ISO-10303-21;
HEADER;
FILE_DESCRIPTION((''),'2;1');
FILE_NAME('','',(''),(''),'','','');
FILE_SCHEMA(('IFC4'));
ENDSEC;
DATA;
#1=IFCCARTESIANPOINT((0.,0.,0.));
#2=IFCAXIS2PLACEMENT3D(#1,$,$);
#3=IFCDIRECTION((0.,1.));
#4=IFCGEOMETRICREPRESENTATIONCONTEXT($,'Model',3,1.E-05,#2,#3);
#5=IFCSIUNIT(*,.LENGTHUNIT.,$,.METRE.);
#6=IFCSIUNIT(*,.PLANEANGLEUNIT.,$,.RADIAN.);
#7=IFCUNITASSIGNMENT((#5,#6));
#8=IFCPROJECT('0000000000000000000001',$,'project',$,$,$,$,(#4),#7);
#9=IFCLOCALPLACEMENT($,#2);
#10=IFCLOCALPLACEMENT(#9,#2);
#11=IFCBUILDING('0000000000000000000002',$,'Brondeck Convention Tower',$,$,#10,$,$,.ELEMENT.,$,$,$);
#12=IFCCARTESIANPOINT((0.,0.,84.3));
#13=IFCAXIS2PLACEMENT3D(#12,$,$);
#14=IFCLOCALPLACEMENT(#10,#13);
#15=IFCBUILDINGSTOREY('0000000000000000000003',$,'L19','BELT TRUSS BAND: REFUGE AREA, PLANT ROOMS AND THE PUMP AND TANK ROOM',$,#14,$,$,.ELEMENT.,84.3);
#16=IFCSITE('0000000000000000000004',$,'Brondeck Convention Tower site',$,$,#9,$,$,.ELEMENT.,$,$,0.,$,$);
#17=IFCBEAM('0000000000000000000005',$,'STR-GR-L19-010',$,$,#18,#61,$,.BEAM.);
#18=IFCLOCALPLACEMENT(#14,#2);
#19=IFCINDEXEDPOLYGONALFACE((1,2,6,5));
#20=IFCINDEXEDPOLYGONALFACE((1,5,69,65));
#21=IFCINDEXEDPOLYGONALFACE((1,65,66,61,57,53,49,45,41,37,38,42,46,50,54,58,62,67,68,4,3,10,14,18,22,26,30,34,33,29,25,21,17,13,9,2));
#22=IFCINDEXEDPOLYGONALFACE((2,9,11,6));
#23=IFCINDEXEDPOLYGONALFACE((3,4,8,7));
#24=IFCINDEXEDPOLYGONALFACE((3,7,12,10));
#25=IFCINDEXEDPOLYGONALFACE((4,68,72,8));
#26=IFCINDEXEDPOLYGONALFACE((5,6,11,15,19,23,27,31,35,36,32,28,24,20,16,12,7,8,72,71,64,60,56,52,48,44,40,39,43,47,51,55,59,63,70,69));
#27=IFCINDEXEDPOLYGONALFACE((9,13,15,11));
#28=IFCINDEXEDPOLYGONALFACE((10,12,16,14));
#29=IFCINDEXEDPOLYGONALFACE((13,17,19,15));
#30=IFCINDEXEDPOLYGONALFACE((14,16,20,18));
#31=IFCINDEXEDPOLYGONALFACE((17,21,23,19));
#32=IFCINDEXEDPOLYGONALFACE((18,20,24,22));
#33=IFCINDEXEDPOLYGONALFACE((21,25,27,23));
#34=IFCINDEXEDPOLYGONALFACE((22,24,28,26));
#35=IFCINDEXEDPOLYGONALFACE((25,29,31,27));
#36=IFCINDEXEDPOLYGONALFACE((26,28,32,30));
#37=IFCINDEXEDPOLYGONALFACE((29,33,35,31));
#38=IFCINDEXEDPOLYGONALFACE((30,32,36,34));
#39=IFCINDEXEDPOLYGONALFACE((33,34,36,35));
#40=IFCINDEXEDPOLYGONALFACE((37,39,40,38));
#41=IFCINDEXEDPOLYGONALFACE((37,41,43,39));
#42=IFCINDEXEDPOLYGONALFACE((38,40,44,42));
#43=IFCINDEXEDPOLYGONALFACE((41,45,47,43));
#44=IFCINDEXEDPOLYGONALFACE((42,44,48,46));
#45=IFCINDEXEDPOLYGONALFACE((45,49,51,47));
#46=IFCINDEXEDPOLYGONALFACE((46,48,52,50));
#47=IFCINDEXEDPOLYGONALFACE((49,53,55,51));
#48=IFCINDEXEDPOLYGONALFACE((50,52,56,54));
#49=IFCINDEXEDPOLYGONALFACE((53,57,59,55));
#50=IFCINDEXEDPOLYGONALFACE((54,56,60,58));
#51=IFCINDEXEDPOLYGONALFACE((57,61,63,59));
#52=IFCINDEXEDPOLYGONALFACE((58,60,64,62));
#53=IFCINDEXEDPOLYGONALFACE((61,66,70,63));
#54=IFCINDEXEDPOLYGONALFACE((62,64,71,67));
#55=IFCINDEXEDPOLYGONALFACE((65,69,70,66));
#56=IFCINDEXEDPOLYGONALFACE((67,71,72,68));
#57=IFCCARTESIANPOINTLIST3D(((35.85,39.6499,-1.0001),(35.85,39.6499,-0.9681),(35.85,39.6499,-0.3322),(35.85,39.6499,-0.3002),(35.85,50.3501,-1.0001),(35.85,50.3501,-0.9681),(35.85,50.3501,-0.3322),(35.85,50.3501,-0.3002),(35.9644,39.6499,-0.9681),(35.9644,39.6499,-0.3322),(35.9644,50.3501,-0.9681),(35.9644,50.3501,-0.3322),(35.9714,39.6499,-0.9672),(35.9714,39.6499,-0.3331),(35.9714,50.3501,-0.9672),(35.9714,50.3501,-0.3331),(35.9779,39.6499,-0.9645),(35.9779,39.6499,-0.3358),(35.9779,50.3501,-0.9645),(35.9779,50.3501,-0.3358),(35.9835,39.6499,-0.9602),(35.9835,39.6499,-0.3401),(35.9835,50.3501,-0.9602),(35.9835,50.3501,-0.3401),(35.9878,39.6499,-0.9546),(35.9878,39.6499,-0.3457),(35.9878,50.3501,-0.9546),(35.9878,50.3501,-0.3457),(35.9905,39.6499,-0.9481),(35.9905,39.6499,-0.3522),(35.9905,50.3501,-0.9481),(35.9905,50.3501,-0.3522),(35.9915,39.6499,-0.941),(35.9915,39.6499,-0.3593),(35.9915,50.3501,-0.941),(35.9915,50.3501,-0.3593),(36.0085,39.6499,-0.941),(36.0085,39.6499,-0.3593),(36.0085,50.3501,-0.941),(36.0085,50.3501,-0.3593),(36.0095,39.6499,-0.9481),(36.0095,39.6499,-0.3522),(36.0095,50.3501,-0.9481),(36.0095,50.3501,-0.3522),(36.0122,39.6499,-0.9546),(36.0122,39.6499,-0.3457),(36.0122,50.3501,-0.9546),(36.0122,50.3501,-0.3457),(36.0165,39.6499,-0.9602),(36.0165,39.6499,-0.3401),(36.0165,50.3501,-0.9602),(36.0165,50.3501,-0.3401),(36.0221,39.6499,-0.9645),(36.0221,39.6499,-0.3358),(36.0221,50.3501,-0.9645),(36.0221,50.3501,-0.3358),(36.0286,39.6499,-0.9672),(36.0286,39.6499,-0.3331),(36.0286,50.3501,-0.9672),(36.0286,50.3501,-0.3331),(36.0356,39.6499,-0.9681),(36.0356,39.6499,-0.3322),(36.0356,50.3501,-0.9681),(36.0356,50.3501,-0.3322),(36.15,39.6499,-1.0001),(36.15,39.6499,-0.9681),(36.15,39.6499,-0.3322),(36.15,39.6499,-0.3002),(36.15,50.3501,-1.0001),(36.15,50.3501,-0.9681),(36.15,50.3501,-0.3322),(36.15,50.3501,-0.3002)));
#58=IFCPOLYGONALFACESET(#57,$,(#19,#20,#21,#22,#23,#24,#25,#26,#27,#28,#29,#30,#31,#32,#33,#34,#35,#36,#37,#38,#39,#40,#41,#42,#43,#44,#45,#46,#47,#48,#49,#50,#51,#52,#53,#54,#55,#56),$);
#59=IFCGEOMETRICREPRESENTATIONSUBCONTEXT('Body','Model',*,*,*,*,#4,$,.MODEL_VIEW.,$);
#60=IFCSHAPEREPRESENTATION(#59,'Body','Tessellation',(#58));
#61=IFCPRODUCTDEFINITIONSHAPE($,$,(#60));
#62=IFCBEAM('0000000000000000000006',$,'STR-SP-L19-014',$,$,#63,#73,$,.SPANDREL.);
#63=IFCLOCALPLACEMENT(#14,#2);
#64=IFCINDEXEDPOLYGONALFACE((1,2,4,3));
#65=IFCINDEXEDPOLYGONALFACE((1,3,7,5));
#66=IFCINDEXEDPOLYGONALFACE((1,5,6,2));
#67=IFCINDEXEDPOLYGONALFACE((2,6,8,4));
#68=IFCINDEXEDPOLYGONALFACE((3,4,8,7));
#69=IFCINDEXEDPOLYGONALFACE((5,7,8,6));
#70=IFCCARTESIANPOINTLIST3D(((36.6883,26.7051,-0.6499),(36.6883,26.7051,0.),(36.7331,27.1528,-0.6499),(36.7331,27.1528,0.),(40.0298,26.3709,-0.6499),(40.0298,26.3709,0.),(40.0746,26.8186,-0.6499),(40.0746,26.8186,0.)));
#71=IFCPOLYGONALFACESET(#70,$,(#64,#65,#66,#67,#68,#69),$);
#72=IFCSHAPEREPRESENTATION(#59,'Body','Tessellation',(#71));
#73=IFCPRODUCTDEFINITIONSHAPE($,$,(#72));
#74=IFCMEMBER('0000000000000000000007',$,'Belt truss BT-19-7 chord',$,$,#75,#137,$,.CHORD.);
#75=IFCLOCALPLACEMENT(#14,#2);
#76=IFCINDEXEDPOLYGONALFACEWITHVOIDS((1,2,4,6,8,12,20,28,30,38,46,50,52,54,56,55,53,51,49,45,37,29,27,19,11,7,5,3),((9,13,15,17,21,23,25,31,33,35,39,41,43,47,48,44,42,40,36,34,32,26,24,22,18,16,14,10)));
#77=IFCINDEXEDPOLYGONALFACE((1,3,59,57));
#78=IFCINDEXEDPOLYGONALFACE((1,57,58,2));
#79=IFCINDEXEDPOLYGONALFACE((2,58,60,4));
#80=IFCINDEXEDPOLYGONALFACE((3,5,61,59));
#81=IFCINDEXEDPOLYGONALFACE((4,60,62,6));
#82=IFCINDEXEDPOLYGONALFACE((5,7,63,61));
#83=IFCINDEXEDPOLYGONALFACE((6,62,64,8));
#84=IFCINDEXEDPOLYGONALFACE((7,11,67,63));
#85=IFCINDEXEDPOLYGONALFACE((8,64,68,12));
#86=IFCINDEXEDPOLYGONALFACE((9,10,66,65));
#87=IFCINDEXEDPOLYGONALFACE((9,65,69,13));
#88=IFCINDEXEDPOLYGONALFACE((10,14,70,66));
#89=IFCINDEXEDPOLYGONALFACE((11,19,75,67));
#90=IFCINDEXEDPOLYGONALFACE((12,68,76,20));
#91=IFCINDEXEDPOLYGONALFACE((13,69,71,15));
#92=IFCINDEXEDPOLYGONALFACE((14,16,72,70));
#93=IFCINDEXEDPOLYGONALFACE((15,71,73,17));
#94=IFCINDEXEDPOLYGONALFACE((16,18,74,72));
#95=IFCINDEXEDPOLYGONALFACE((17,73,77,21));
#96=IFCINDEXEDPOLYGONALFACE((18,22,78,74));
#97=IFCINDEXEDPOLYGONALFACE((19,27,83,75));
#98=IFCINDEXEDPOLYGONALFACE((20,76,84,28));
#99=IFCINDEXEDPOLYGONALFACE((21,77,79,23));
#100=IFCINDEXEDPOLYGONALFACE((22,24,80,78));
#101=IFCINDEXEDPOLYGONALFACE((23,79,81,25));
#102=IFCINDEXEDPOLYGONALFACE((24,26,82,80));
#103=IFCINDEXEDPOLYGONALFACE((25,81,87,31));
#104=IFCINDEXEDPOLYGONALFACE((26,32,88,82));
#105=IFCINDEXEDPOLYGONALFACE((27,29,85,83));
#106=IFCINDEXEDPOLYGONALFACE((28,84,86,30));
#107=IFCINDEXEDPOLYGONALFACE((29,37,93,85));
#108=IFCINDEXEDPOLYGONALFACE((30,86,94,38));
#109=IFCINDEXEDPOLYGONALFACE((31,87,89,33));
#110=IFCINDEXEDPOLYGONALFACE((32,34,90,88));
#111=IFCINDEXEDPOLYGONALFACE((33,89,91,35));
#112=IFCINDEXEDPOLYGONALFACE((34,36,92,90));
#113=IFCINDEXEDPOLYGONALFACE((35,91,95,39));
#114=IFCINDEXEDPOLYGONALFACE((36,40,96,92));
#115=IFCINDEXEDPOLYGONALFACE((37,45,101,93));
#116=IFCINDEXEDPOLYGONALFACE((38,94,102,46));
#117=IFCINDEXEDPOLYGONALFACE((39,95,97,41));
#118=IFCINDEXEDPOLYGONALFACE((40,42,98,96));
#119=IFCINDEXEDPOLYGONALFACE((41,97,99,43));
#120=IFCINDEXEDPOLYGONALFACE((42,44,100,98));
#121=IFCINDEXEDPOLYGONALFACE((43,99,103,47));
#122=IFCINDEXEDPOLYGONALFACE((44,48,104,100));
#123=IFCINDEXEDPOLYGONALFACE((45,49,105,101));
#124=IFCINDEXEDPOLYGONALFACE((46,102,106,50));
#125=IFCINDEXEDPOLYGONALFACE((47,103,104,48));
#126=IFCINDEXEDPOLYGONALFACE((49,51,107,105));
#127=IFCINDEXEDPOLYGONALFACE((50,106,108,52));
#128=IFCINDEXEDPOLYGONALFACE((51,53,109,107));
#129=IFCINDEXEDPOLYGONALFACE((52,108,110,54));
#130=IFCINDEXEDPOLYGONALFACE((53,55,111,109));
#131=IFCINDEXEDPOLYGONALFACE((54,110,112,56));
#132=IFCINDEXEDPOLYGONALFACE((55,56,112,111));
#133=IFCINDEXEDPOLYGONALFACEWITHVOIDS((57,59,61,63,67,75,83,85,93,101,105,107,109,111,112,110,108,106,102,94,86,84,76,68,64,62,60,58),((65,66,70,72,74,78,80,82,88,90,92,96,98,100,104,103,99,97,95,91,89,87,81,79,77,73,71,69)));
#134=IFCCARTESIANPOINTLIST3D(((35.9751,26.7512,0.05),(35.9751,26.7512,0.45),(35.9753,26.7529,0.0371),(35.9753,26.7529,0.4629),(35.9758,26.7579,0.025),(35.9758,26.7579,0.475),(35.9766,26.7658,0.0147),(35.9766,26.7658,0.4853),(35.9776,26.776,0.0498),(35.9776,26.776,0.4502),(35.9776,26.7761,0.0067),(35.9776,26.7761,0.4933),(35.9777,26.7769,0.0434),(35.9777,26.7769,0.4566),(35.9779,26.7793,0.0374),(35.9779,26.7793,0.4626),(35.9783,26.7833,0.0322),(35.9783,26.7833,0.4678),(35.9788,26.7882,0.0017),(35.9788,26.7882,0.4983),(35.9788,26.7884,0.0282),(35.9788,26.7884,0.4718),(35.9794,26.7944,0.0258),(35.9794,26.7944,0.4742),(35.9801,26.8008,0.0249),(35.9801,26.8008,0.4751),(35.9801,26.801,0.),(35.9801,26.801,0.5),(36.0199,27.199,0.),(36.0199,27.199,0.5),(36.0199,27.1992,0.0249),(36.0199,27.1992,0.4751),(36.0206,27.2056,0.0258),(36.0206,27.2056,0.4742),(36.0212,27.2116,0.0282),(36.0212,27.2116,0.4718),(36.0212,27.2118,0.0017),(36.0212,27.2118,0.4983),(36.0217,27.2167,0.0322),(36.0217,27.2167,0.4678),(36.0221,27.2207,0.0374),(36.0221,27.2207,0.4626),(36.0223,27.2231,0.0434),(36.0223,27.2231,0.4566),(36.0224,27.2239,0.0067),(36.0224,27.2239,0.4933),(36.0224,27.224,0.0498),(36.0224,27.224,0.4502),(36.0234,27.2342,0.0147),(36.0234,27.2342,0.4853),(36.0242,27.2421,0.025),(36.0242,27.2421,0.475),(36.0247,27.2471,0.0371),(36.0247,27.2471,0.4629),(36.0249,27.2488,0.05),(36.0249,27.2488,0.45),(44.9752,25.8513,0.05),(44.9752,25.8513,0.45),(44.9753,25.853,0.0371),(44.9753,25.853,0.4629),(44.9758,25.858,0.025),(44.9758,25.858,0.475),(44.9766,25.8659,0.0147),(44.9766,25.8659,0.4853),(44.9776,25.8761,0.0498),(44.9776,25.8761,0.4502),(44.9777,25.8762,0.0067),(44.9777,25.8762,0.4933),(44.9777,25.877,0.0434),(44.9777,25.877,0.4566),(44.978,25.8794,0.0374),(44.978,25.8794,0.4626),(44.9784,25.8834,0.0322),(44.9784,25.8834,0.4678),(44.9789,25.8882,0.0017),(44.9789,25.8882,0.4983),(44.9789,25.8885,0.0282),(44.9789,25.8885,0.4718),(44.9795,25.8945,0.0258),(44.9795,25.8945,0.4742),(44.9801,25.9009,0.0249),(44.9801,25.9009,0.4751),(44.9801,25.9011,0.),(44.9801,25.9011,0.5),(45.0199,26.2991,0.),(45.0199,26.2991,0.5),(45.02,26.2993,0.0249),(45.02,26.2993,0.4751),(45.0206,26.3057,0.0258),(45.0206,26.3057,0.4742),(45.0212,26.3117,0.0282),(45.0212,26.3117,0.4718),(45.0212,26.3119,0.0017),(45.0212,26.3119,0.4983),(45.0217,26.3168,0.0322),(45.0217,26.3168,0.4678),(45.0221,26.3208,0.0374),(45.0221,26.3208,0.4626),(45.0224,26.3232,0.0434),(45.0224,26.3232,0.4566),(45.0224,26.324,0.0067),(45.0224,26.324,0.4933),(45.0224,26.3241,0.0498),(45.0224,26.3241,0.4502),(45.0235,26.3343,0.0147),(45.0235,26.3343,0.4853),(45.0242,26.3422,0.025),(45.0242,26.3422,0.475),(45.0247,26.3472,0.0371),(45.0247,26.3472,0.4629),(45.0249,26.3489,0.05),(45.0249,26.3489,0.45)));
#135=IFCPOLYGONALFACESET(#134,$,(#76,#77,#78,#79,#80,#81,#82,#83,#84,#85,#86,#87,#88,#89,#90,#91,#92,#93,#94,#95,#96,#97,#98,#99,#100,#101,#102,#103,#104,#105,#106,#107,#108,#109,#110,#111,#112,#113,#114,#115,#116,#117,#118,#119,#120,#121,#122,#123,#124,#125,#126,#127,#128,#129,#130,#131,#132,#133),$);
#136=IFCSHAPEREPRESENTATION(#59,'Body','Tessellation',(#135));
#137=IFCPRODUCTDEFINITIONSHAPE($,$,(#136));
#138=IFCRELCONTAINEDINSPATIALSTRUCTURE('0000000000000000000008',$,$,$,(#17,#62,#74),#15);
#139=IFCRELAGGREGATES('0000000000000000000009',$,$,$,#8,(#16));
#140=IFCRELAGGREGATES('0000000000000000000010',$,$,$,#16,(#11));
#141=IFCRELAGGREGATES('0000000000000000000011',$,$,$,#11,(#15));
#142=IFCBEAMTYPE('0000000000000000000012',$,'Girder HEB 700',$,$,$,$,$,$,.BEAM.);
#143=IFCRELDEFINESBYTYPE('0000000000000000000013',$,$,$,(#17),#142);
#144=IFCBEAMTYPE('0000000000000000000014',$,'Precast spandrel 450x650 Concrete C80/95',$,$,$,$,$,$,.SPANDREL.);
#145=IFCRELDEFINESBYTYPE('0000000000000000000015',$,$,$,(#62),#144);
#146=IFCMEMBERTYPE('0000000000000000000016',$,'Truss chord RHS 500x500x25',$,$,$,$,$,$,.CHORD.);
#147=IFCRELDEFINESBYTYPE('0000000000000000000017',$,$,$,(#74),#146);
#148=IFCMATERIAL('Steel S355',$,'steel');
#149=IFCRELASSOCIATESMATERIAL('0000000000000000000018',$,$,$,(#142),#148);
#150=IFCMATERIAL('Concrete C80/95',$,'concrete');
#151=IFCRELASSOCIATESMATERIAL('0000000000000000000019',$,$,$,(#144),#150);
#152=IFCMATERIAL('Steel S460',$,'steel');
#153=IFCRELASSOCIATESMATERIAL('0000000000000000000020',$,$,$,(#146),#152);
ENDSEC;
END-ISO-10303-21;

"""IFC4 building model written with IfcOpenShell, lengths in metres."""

from ifc_helpers import new_model, si_unit, direction, frame, origin, origin_2d, place, context, subcontext, project, spatial, rectangle, hollow_rectangle, i_section, extrude, material, material_profile, profile_set, type_object, element, save


model = new_model("IFC4")

# Units and contexts
model_context = context("Model", 3, precision=1e-05, world=origin(), true_north=direction((0.0, 1.0)))
body_context = subcontext(model_context, "Body", "Model", "MODEL_VIEW")
ifc_project = project(units=[si_unit("LENGTHUNIT", "METRE"), si_unit("PLANEANGLEUNIT", "RADIAN")], contexts=[model_context])

# Site, building, storey
site_placement = place(None, origin())
site = spatial("IfcSite", under=ifc_project, at=site_placement, Name="Brondeck Convention Tower site", CompositionType="ELEMENT", RefElevation=0.0)
building_placement = place(site_placement, origin())
building = spatial("IfcBuilding", under=site, at=building_placement, Name="Brondeck Convention Tower", CompositionType="ELEMENT")
storey_placement = place(building_placement, frame((0.0, 0.0, 84.3)))
storey = spatial("IfcBuildingStorey", under=building, at=storey_placement, Name="L19", Description="BELT TRUSS BAND: REFUGE AREA, PLANT ROOMS AND THE PUMP AND TANK ROOM", CompositionType="ELEMENT", Elevation=84.3)

# Shared definitions
ifc_material_1 = material(Name="Concrete C80/95", Category="concrete")

# Shared definitions
ifc_material_2 = material(Name="Steel S460", Category="steel")

# Beams
ifc_material_3 = material(Name="Steel S355", Category="steel")
ifc_material_profile_1 = material_profile(ifc_material_3, i_section(OverallWidth=0.3, OverallDepth=0.7, WebThickness=0.0171, FlangeThickness=0.032, FilletRadius=0.0271, at=origin_2d()), Name="HEB 700")
ifc_profile_set_1 = profile_set([ifc_material_profile_1], Name="Steel S355")
beam_type_1 = type_object("IfcBeamType", Name="Girder HEB 700", PredefinedType="BEAM", material=ifc_profile_set_1)
beam_1_placement = place(storey_placement, frame((36.0, 39.6499, -0.6501), z_axis=(0.0, 1.0, 0.0), x_axis=(-1.0, 0.0, 0.0)))
element("IfcBeam", 1, at=beam_1_placement, inside=storey, type_object=beam_type_1, Name="STR-GR-L19-010", PredefinedType="BEAM", context=body_context, shape_type="SweptSolid", body=[
    extrude(i_section(OverallWidth=0.3, OverallDepth=0.7, WebThickness=0.0171, FlangeThickness=0.032, FilletRadius=0.0271, at=origin_2d()), origin(), (0.0, 0.0, 1.0), 10.7002),
])
ifc_material_profile_2 = material_profile(ifc_material_1, rectangle(XDim=0.45, YDim=0.6499, at=origin_2d()), Name="Precast spandrel 450x650 Concrete C80/95")
ifc_profile_set_2 = profile_set([ifc_material_profile_2], Name="Concrete C80/95")
beam_type_2 = type_object("IfcBeamType", Name="Precast spandrel 450x650 Concrete C80/95", PredefinedType="SPANDREL", material=ifc_profile_set_2)
beam_2_placement = place(storey_placement, frame((36.7107, 26.929, -0.325), z_axis=(0.995035, -0.099525, 0.0), x_axis=(0.099525, 0.995035, 0.0)))
element("IfcBeam", 2, at=beam_2_placement, inside=storey, type_object=beam_type_2, Name="STR-SP-L19-014", PredefinedType="SPANDREL", context=body_context, shape_type="SweptSolid", body=[
    extrude(rectangle(XDim=0.45, YDim=0.6499, at=origin_2d()), origin(), (0.0, 0.0, 1.0), 3.3582),
])

# Member
ifc_material_profile_3 = material_profile(ifc_material_2, hollow_rectangle(XDim=0.5, YDim=0.5, WallThickness=0.0249, InnerFilletRadius=0.0249, OuterFilletRadius=0.05, at=origin_2d()), Name="RHS 500x500x25")
ifc_profile_set_3 = profile_set([ifc_material_profile_3], Name="Steel S460")
member_type_1 = type_object("IfcMemberType", Name="Truss chord RHS 500x500x25", PredefinedType="CHORD", material=ifc_profile_set_3)
member_1_placement = place(storey_placement, frame((36.0, 27.0, 0.25), z_axis=(0.995038, -0.099493, 0.0), x_axis=(0.099493, 0.995038, 0.0)))
element("IfcMember", 3, at=member_1_placement, inside=storey, type_object=member_type_1, Name="Belt truss BT-19-7 chord", PredefinedType="CHORD", context=body_context, shape_type="SweptSolid", body=[
    extrude(hollow_rectangle(XDim=0.5, YDim=0.5, WallThickness=0.0249, InnerFilletRadius=0.0249, OuterFilletRadius=0.05, at=origin_2d()), origin(), (0.0, 0.0, 1.0), 9.0449),
])

save(model, "model.ifc")
